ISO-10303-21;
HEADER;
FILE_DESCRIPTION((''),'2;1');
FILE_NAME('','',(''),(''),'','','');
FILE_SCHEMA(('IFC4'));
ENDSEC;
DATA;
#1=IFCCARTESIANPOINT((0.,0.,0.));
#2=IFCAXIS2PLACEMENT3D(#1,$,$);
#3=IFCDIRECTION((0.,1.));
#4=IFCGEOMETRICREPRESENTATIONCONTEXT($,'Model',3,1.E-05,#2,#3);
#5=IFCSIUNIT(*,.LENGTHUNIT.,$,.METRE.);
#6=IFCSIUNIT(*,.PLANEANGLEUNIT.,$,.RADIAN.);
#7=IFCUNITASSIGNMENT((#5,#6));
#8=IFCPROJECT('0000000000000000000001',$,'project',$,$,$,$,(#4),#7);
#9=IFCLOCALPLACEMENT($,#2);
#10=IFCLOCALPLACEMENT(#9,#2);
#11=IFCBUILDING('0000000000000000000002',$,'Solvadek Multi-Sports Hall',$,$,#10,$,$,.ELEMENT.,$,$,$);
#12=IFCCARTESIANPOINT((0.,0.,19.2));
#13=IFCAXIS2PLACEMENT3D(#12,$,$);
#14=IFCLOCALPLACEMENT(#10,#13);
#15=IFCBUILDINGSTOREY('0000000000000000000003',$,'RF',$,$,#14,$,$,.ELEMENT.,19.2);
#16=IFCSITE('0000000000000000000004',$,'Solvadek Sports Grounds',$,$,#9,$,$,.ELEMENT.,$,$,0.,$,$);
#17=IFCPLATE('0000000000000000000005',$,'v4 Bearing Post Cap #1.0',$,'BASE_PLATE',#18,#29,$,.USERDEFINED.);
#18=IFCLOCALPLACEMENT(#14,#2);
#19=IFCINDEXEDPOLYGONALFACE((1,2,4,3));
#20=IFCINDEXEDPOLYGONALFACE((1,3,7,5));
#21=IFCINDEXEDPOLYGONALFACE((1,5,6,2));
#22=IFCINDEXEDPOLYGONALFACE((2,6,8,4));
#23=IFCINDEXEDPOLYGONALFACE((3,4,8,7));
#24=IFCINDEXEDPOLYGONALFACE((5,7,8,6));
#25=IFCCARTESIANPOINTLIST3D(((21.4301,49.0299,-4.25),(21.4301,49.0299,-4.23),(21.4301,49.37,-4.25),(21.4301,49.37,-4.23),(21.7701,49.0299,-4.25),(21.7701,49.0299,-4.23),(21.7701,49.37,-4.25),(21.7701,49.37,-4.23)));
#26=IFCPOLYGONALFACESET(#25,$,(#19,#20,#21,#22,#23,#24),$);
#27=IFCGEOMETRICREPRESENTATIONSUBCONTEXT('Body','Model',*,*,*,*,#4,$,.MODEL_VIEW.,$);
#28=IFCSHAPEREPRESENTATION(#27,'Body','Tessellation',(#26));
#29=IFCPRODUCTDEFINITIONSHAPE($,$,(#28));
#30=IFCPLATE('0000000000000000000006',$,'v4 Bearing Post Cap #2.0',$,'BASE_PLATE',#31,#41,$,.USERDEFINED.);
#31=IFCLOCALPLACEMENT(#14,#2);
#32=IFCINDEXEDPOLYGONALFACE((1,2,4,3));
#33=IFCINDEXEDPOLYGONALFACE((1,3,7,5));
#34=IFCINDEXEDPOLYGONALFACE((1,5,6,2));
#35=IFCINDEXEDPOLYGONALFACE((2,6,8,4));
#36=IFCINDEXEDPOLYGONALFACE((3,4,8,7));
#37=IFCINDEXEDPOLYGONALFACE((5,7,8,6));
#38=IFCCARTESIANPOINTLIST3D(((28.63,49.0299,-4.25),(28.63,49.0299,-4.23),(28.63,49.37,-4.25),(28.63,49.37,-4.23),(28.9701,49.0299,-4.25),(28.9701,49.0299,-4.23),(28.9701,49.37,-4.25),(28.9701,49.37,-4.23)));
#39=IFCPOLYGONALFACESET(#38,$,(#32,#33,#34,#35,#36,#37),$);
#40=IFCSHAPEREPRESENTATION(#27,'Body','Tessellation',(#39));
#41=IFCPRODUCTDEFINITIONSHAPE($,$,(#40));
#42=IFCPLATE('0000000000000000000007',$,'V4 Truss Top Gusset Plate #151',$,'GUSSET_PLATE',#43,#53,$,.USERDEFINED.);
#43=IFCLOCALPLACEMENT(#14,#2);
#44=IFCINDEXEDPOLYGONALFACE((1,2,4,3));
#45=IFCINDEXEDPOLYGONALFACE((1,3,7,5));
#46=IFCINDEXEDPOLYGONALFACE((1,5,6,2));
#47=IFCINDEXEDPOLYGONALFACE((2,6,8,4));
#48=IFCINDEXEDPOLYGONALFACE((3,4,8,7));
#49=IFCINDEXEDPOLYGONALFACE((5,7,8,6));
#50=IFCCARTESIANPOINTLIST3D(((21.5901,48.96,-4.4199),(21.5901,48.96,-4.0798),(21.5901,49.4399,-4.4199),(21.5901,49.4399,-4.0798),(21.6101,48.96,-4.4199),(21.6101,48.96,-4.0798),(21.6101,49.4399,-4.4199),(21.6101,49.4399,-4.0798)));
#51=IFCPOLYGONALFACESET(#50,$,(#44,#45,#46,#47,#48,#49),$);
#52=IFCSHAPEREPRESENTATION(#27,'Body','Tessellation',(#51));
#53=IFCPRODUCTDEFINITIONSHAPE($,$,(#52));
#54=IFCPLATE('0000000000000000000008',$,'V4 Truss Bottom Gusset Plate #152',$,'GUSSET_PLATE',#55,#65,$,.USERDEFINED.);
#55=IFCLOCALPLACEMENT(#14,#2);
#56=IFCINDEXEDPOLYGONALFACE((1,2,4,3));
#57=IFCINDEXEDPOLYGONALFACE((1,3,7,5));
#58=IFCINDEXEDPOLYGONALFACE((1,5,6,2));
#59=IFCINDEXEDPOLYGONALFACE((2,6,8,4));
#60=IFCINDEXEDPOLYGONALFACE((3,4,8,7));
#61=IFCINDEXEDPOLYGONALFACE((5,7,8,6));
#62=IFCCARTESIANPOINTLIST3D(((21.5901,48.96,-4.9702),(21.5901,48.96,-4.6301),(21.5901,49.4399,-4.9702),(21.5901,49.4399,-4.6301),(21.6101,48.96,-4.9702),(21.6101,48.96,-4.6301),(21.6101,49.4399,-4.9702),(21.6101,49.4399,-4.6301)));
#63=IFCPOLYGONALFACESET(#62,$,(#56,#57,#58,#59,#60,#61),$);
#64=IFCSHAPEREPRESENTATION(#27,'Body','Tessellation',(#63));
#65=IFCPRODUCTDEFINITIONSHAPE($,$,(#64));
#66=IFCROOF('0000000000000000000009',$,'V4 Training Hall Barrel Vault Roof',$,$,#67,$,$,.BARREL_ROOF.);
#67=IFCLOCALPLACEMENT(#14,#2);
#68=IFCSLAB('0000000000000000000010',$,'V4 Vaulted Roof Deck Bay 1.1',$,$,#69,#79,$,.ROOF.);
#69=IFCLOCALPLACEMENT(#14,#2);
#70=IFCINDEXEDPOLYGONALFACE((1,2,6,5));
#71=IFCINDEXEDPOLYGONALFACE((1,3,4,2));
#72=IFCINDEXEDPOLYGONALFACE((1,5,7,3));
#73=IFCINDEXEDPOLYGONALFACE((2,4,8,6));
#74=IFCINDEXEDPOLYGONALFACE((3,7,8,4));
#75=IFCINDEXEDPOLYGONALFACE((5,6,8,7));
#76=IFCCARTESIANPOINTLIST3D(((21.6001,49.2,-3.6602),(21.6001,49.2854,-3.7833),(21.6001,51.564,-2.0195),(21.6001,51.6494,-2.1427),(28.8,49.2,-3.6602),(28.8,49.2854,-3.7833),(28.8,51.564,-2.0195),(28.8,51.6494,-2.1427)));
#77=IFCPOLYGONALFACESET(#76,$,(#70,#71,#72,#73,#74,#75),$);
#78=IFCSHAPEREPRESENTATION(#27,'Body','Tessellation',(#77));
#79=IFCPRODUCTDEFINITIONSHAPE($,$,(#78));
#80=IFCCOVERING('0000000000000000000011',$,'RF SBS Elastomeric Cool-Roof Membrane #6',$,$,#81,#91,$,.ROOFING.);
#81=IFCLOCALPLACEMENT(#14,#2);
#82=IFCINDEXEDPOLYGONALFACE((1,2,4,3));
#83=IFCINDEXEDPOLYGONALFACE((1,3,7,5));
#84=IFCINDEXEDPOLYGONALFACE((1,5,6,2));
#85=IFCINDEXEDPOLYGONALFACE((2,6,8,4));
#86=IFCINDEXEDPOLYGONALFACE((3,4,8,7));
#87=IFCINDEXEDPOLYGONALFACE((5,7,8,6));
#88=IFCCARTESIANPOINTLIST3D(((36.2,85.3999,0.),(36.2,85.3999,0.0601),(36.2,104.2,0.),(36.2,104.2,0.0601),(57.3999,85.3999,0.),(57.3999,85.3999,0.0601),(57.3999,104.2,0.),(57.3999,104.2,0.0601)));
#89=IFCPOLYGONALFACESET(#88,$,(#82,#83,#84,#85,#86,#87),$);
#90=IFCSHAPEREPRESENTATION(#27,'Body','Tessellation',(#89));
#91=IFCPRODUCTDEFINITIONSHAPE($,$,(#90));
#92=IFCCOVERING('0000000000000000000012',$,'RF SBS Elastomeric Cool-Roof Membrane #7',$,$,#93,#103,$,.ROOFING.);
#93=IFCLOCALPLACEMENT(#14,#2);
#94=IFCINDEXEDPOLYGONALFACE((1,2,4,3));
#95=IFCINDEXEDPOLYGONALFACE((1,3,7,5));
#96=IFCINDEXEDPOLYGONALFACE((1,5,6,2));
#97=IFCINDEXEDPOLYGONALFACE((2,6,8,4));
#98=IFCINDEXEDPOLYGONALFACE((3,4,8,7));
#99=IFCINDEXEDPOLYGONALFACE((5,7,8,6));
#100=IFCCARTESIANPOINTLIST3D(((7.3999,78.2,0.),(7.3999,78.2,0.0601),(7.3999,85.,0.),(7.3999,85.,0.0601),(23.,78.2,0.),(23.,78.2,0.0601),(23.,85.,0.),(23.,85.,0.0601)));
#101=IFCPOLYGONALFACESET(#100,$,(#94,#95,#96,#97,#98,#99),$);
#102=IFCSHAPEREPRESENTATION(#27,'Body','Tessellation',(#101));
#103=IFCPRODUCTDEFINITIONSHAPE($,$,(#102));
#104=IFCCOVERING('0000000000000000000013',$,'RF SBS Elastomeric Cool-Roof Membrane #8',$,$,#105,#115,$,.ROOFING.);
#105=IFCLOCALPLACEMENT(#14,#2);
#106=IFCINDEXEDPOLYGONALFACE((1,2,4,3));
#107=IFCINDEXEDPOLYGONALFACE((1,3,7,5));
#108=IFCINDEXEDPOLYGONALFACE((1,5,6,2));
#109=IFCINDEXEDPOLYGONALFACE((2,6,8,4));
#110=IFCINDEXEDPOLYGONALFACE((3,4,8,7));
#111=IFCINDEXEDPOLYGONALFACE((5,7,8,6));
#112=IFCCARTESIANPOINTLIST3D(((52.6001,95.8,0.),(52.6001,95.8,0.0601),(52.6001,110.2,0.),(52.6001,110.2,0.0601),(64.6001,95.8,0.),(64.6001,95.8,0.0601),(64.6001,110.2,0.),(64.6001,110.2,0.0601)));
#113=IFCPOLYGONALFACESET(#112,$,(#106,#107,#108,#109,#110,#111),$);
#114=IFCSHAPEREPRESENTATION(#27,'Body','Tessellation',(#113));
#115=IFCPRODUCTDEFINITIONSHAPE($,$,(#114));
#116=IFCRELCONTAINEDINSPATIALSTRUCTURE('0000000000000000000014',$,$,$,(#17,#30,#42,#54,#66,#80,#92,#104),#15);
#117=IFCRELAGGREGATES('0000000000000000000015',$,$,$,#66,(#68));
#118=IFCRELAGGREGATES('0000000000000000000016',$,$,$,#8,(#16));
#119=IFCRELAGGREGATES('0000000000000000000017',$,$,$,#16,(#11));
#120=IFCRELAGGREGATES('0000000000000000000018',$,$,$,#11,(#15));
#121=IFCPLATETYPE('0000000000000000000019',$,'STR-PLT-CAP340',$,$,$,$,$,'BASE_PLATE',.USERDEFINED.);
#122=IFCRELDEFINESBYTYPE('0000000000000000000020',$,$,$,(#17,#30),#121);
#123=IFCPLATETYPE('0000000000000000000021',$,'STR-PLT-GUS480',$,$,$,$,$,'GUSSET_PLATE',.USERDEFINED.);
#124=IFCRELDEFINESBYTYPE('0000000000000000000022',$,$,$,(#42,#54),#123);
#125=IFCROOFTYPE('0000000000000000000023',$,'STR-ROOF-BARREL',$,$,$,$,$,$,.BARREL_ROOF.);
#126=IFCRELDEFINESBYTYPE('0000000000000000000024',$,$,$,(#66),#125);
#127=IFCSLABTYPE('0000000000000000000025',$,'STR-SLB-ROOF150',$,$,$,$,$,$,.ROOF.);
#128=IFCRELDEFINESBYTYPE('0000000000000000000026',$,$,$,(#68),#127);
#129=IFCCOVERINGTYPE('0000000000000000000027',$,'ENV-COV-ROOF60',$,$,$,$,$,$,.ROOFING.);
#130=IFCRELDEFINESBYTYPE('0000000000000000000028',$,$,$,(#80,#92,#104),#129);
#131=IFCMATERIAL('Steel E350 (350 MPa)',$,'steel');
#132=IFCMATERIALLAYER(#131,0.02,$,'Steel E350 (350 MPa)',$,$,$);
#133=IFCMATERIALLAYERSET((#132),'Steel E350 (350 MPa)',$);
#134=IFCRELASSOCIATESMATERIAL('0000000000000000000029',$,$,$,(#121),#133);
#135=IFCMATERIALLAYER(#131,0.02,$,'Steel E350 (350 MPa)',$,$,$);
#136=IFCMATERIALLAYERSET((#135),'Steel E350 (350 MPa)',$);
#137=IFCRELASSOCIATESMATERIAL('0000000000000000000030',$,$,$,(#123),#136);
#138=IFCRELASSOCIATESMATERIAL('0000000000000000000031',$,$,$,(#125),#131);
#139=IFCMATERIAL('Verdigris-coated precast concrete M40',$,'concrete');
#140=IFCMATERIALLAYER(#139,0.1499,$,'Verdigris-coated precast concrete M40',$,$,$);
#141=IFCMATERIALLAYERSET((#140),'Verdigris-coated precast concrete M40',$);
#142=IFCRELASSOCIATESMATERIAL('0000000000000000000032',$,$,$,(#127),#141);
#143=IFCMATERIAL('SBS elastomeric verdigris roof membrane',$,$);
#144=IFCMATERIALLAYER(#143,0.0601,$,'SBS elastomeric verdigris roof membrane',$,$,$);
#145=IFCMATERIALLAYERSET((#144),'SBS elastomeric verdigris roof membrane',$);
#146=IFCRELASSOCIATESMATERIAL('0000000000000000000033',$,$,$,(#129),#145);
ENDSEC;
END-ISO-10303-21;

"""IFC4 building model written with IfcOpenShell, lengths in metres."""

from ifc_helpers import new_model, si_unit, direction, frame, origin, origin_2d, place, context, subcontext, project, spatial, polyline, rectangle, outline, extrude, material, layer, layer_set, type_object, element, aggregate, save


model = new_model("IFC4")

# Units and contexts
model_context = context("Model", 3, precision=1e-05, world=origin(), true_north=direction((0.0, 1.0)))
body_context = subcontext(model_context, "Body", "Model", "MODEL_VIEW")
ifc_project = project(units=[si_unit("LENGTHUNIT", "METRE"), si_unit("PLANEANGLEUNIT", "RADIAN")], contexts=[model_context])

# Site, building, storey
site_placement = place(None, origin())
site = spatial("IfcSite", under=ifc_project, at=site_placement, Name="Solvadek Sports Grounds", CompositionType="ELEMENT", RefElevation=0.0)
building_placement = place(site_placement, origin())
building = spatial("IfcBuilding", under=site, at=building_placement, Name="Solvadek Multi-Sports Hall", CompositionType="ELEMENT")
storey_placement = place(building_placement, frame((0.0, 0.0, 19.2)))
storey = spatial("IfcBuildingStorey", under=building, at=storey_placement, Name="RF", CompositionType="ELEMENT", Elevation=19.2)

# Shared definitions
ifc_material_1 = material(Name="Steel E350 (350 MPa)", Category="steel")

# Plates
ifc_layer_1 = layer(ifc_material_1, 0.02, Name="Steel E350 (350 MPa)")
ifc_layer_set_1 = layer_set([ifc_layer_1], Name="Steel E350 (350 MPa)")
plate_type_1 = type_object("IfcPlateType", Name="STR-PLT-CAP340", ElementType="BASE_PLATE", PredefinedType="USERDEFINED", material=ifc_layer_set_1)
for number, where, z_axis, x_axis, name in (
    (1, (21.6001, 49.2, -4.25), (0.0, 0.0, 1.0), (1.0, 0.0, 0.0), "v4 Bearing Post Cap #1.0"),
    (2, (28.8, 49.2, -4.25), (0.0, 0.0, 1.0), (1.0, 0.0, 0.0), "v4 Bearing Post Cap #2.0"),
):
    element("IfcPlate", number, at=place(storey_placement, frame(where, z_axis=z_axis, x_axis=x_axis)), inside=storey, type_object=plate_type_1, Name=name, ObjectType="BASE_PLATE", PredefinedType="USERDEFINED", context=body_context, shape_type="SweptSolid", body=[
        extrude(rectangle(XDim=0.3401, YDim=0.3401, at=origin_2d()), origin(), (0.0, 0.0, 1.0), 0.02),
    ])
ifc_layer_2 = layer(ifc_material_1, 0.02, Name="Steel E350 (350 MPa)")
ifc_layer_set_2 = layer_set([ifc_layer_2], Name="Steel E350 (350 MPa)")
plate_type_2 = type_object("IfcPlateType", Name="STR-PLT-GUS480", ElementType="GUSSET_PLATE", PredefinedType="USERDEFINED", material=ifc_layer_set_2)
for number, where, z_axis, x_axis, name in (
    (3, (21.6001, 49.2, -4.4199), (0.0, 0.0, 1.0), (0.0, 1.0, 0.0), "V4 Truss Top Gusset Plate #151"),
    (4, (21.6001, 49.2, -4.9702), (0.0, 0.0, 1.0), (0.0, 1.0, 0.0), "V4 Truss Bottom Gusset Plate #152"),
):
    element("IfcPlate", number, at=place(storey_placement, frame(where, z_axis=z_axis, x_axis=x_axis)), inside=storey, type_object=plate_type_2, Name=name, ObjectType="GUSSET_PLATE", PredefinedType="USERDEFINED", context=body_context, shape_type="SweptSolid", body=[
        extrude(rectangle(XDim=0.48, YDim=0.02, at=origin_2d()), origin(), (0.0, 0.0, 1.0), 0.3401),
    ])

# Roof, slab
roof_type = type_object("IfcRoofType", Name="STR-ROOF-BARREL", PredefinedType="BARREL_ROOF", material=ifc_material_1)
roof_placement = place(storey_placement, origin())
roof = element("IfcRoof", 5, at=roof_placement, inside=storey, type_object=roof_type, Name="V4 Training Hall Barrel Vault Roof", PredefinedType="BARREL_ROOF")
ifc_material_2 = material(Name="Verdigris-coated precast concrete M40", Category="concrete")
ifc_layer_3 = layer(ifc_material_2, 0.1499, Name="Verdigris-coated precast concrete M40")
ifc_layer_set_3 = layer_set([ifc_layer_3], Name="Verdigris-coated precast concrete M40")
slab_type = type_object("IfcSlabType", Name="STR-SLB-ROOF150", PredefinedType="ROOF", material=ifc_layer_set_3)
slab_placement = place(storey_placement, frame((21.6001, 49.2, -3.6602), z_axis=(0.0, -0.570149, 0.821541), x_axis=(1.0, 0.0, 0.0)))
slab = element("IfcSlab", 6, at=slab_placement, type_object=slab_type, Name="V4 Vaulted Roof Deck Bay 1.1", PredefinedType="ROOF", context=body_context, shape_type="SweptSolid", body=[
    extrude(outline(polyline([(0.0, 0.0), (7.2, 0.0), (7.2, 2.8775), (0.0, 2.8775), (0.0, 0.0)])), origin(), (0.0, 0.0, -1.0), 0.1499),
])
aggregate(roof, [slab])

# Coverings
ifc_material_3 = material(Name="SBS elastomeric verdigris roof membrane")
ifc_layer_4 = layer(ifc_material_3, 0.0601, Name="SBS elastomeric verdigris roof membrane")
ifc_layer_set_4 = layer_set([ifc_layer_4], Name="SBS elastomeric verdigris roof membrane")
covering_type = type_object("IfcCoveringType", Name="ENV-COV-ROOF60", PredefinedType="ROOFING", material=ifc_layer_set_4)
covering_1_placement = place(storey_placement, origin())
element("IfcCovering", 7, at=covering_1_placement, inside=storey, type_object=covering_type, Name="RF SBS Elastomeric Cool-Roof Membrane #6", PredefinedType="ROOFING", context=body_context, shape_type="SweptSolid", body=[
    extrude(outline(polyline([(36.2, 85.3999), (57.3999, 85.3999), (57.3999, 104.2), (36.2, 104.2), (36.2, 85.3999)])), origin(), (0.0, 0.0, 1.0), 0.0601),
])
covering_2_placement = place(storey_placement, origin())
element("IfcCovering", 8, at=covering_2_placement, inside=storey, type_object=covering_type, Name="RF SBS Elastomeric Cool-Roof Membrane #7", PredefinedType="ROOFING", context=body_context, shape_type="SweptSolid", body=[
    extrude(outline(polyline([(7.3999, 78.2), (23.0, 78.2), (23.0, 85.0), (7.3999, 85.0), (7.3999, 78.2)])), origin(), (0.0, 0.0, 1.0), 0.0601),
])
covering_3_placement = place(storey_placement, origin())
element("IfcCovering", 9, at=covering_3_placement, inside=storey, type_object=covering_type, Name="RF SBS Elastomeric Cool-Roof Membrane #8", PredefinedType="ROOFING", context=body_context, shape_type="SweptSolid", body=[
    extrude(outline(polyline([(52.6001, 95.8), (64.6001, 95.8), (64.6001, 110.2), (52.6001, 110.2), (52.6001, 95.8)])), origin(), (0.0, 0.0, 1.0), 0.0601),
])

save(model, "model.ifc")
